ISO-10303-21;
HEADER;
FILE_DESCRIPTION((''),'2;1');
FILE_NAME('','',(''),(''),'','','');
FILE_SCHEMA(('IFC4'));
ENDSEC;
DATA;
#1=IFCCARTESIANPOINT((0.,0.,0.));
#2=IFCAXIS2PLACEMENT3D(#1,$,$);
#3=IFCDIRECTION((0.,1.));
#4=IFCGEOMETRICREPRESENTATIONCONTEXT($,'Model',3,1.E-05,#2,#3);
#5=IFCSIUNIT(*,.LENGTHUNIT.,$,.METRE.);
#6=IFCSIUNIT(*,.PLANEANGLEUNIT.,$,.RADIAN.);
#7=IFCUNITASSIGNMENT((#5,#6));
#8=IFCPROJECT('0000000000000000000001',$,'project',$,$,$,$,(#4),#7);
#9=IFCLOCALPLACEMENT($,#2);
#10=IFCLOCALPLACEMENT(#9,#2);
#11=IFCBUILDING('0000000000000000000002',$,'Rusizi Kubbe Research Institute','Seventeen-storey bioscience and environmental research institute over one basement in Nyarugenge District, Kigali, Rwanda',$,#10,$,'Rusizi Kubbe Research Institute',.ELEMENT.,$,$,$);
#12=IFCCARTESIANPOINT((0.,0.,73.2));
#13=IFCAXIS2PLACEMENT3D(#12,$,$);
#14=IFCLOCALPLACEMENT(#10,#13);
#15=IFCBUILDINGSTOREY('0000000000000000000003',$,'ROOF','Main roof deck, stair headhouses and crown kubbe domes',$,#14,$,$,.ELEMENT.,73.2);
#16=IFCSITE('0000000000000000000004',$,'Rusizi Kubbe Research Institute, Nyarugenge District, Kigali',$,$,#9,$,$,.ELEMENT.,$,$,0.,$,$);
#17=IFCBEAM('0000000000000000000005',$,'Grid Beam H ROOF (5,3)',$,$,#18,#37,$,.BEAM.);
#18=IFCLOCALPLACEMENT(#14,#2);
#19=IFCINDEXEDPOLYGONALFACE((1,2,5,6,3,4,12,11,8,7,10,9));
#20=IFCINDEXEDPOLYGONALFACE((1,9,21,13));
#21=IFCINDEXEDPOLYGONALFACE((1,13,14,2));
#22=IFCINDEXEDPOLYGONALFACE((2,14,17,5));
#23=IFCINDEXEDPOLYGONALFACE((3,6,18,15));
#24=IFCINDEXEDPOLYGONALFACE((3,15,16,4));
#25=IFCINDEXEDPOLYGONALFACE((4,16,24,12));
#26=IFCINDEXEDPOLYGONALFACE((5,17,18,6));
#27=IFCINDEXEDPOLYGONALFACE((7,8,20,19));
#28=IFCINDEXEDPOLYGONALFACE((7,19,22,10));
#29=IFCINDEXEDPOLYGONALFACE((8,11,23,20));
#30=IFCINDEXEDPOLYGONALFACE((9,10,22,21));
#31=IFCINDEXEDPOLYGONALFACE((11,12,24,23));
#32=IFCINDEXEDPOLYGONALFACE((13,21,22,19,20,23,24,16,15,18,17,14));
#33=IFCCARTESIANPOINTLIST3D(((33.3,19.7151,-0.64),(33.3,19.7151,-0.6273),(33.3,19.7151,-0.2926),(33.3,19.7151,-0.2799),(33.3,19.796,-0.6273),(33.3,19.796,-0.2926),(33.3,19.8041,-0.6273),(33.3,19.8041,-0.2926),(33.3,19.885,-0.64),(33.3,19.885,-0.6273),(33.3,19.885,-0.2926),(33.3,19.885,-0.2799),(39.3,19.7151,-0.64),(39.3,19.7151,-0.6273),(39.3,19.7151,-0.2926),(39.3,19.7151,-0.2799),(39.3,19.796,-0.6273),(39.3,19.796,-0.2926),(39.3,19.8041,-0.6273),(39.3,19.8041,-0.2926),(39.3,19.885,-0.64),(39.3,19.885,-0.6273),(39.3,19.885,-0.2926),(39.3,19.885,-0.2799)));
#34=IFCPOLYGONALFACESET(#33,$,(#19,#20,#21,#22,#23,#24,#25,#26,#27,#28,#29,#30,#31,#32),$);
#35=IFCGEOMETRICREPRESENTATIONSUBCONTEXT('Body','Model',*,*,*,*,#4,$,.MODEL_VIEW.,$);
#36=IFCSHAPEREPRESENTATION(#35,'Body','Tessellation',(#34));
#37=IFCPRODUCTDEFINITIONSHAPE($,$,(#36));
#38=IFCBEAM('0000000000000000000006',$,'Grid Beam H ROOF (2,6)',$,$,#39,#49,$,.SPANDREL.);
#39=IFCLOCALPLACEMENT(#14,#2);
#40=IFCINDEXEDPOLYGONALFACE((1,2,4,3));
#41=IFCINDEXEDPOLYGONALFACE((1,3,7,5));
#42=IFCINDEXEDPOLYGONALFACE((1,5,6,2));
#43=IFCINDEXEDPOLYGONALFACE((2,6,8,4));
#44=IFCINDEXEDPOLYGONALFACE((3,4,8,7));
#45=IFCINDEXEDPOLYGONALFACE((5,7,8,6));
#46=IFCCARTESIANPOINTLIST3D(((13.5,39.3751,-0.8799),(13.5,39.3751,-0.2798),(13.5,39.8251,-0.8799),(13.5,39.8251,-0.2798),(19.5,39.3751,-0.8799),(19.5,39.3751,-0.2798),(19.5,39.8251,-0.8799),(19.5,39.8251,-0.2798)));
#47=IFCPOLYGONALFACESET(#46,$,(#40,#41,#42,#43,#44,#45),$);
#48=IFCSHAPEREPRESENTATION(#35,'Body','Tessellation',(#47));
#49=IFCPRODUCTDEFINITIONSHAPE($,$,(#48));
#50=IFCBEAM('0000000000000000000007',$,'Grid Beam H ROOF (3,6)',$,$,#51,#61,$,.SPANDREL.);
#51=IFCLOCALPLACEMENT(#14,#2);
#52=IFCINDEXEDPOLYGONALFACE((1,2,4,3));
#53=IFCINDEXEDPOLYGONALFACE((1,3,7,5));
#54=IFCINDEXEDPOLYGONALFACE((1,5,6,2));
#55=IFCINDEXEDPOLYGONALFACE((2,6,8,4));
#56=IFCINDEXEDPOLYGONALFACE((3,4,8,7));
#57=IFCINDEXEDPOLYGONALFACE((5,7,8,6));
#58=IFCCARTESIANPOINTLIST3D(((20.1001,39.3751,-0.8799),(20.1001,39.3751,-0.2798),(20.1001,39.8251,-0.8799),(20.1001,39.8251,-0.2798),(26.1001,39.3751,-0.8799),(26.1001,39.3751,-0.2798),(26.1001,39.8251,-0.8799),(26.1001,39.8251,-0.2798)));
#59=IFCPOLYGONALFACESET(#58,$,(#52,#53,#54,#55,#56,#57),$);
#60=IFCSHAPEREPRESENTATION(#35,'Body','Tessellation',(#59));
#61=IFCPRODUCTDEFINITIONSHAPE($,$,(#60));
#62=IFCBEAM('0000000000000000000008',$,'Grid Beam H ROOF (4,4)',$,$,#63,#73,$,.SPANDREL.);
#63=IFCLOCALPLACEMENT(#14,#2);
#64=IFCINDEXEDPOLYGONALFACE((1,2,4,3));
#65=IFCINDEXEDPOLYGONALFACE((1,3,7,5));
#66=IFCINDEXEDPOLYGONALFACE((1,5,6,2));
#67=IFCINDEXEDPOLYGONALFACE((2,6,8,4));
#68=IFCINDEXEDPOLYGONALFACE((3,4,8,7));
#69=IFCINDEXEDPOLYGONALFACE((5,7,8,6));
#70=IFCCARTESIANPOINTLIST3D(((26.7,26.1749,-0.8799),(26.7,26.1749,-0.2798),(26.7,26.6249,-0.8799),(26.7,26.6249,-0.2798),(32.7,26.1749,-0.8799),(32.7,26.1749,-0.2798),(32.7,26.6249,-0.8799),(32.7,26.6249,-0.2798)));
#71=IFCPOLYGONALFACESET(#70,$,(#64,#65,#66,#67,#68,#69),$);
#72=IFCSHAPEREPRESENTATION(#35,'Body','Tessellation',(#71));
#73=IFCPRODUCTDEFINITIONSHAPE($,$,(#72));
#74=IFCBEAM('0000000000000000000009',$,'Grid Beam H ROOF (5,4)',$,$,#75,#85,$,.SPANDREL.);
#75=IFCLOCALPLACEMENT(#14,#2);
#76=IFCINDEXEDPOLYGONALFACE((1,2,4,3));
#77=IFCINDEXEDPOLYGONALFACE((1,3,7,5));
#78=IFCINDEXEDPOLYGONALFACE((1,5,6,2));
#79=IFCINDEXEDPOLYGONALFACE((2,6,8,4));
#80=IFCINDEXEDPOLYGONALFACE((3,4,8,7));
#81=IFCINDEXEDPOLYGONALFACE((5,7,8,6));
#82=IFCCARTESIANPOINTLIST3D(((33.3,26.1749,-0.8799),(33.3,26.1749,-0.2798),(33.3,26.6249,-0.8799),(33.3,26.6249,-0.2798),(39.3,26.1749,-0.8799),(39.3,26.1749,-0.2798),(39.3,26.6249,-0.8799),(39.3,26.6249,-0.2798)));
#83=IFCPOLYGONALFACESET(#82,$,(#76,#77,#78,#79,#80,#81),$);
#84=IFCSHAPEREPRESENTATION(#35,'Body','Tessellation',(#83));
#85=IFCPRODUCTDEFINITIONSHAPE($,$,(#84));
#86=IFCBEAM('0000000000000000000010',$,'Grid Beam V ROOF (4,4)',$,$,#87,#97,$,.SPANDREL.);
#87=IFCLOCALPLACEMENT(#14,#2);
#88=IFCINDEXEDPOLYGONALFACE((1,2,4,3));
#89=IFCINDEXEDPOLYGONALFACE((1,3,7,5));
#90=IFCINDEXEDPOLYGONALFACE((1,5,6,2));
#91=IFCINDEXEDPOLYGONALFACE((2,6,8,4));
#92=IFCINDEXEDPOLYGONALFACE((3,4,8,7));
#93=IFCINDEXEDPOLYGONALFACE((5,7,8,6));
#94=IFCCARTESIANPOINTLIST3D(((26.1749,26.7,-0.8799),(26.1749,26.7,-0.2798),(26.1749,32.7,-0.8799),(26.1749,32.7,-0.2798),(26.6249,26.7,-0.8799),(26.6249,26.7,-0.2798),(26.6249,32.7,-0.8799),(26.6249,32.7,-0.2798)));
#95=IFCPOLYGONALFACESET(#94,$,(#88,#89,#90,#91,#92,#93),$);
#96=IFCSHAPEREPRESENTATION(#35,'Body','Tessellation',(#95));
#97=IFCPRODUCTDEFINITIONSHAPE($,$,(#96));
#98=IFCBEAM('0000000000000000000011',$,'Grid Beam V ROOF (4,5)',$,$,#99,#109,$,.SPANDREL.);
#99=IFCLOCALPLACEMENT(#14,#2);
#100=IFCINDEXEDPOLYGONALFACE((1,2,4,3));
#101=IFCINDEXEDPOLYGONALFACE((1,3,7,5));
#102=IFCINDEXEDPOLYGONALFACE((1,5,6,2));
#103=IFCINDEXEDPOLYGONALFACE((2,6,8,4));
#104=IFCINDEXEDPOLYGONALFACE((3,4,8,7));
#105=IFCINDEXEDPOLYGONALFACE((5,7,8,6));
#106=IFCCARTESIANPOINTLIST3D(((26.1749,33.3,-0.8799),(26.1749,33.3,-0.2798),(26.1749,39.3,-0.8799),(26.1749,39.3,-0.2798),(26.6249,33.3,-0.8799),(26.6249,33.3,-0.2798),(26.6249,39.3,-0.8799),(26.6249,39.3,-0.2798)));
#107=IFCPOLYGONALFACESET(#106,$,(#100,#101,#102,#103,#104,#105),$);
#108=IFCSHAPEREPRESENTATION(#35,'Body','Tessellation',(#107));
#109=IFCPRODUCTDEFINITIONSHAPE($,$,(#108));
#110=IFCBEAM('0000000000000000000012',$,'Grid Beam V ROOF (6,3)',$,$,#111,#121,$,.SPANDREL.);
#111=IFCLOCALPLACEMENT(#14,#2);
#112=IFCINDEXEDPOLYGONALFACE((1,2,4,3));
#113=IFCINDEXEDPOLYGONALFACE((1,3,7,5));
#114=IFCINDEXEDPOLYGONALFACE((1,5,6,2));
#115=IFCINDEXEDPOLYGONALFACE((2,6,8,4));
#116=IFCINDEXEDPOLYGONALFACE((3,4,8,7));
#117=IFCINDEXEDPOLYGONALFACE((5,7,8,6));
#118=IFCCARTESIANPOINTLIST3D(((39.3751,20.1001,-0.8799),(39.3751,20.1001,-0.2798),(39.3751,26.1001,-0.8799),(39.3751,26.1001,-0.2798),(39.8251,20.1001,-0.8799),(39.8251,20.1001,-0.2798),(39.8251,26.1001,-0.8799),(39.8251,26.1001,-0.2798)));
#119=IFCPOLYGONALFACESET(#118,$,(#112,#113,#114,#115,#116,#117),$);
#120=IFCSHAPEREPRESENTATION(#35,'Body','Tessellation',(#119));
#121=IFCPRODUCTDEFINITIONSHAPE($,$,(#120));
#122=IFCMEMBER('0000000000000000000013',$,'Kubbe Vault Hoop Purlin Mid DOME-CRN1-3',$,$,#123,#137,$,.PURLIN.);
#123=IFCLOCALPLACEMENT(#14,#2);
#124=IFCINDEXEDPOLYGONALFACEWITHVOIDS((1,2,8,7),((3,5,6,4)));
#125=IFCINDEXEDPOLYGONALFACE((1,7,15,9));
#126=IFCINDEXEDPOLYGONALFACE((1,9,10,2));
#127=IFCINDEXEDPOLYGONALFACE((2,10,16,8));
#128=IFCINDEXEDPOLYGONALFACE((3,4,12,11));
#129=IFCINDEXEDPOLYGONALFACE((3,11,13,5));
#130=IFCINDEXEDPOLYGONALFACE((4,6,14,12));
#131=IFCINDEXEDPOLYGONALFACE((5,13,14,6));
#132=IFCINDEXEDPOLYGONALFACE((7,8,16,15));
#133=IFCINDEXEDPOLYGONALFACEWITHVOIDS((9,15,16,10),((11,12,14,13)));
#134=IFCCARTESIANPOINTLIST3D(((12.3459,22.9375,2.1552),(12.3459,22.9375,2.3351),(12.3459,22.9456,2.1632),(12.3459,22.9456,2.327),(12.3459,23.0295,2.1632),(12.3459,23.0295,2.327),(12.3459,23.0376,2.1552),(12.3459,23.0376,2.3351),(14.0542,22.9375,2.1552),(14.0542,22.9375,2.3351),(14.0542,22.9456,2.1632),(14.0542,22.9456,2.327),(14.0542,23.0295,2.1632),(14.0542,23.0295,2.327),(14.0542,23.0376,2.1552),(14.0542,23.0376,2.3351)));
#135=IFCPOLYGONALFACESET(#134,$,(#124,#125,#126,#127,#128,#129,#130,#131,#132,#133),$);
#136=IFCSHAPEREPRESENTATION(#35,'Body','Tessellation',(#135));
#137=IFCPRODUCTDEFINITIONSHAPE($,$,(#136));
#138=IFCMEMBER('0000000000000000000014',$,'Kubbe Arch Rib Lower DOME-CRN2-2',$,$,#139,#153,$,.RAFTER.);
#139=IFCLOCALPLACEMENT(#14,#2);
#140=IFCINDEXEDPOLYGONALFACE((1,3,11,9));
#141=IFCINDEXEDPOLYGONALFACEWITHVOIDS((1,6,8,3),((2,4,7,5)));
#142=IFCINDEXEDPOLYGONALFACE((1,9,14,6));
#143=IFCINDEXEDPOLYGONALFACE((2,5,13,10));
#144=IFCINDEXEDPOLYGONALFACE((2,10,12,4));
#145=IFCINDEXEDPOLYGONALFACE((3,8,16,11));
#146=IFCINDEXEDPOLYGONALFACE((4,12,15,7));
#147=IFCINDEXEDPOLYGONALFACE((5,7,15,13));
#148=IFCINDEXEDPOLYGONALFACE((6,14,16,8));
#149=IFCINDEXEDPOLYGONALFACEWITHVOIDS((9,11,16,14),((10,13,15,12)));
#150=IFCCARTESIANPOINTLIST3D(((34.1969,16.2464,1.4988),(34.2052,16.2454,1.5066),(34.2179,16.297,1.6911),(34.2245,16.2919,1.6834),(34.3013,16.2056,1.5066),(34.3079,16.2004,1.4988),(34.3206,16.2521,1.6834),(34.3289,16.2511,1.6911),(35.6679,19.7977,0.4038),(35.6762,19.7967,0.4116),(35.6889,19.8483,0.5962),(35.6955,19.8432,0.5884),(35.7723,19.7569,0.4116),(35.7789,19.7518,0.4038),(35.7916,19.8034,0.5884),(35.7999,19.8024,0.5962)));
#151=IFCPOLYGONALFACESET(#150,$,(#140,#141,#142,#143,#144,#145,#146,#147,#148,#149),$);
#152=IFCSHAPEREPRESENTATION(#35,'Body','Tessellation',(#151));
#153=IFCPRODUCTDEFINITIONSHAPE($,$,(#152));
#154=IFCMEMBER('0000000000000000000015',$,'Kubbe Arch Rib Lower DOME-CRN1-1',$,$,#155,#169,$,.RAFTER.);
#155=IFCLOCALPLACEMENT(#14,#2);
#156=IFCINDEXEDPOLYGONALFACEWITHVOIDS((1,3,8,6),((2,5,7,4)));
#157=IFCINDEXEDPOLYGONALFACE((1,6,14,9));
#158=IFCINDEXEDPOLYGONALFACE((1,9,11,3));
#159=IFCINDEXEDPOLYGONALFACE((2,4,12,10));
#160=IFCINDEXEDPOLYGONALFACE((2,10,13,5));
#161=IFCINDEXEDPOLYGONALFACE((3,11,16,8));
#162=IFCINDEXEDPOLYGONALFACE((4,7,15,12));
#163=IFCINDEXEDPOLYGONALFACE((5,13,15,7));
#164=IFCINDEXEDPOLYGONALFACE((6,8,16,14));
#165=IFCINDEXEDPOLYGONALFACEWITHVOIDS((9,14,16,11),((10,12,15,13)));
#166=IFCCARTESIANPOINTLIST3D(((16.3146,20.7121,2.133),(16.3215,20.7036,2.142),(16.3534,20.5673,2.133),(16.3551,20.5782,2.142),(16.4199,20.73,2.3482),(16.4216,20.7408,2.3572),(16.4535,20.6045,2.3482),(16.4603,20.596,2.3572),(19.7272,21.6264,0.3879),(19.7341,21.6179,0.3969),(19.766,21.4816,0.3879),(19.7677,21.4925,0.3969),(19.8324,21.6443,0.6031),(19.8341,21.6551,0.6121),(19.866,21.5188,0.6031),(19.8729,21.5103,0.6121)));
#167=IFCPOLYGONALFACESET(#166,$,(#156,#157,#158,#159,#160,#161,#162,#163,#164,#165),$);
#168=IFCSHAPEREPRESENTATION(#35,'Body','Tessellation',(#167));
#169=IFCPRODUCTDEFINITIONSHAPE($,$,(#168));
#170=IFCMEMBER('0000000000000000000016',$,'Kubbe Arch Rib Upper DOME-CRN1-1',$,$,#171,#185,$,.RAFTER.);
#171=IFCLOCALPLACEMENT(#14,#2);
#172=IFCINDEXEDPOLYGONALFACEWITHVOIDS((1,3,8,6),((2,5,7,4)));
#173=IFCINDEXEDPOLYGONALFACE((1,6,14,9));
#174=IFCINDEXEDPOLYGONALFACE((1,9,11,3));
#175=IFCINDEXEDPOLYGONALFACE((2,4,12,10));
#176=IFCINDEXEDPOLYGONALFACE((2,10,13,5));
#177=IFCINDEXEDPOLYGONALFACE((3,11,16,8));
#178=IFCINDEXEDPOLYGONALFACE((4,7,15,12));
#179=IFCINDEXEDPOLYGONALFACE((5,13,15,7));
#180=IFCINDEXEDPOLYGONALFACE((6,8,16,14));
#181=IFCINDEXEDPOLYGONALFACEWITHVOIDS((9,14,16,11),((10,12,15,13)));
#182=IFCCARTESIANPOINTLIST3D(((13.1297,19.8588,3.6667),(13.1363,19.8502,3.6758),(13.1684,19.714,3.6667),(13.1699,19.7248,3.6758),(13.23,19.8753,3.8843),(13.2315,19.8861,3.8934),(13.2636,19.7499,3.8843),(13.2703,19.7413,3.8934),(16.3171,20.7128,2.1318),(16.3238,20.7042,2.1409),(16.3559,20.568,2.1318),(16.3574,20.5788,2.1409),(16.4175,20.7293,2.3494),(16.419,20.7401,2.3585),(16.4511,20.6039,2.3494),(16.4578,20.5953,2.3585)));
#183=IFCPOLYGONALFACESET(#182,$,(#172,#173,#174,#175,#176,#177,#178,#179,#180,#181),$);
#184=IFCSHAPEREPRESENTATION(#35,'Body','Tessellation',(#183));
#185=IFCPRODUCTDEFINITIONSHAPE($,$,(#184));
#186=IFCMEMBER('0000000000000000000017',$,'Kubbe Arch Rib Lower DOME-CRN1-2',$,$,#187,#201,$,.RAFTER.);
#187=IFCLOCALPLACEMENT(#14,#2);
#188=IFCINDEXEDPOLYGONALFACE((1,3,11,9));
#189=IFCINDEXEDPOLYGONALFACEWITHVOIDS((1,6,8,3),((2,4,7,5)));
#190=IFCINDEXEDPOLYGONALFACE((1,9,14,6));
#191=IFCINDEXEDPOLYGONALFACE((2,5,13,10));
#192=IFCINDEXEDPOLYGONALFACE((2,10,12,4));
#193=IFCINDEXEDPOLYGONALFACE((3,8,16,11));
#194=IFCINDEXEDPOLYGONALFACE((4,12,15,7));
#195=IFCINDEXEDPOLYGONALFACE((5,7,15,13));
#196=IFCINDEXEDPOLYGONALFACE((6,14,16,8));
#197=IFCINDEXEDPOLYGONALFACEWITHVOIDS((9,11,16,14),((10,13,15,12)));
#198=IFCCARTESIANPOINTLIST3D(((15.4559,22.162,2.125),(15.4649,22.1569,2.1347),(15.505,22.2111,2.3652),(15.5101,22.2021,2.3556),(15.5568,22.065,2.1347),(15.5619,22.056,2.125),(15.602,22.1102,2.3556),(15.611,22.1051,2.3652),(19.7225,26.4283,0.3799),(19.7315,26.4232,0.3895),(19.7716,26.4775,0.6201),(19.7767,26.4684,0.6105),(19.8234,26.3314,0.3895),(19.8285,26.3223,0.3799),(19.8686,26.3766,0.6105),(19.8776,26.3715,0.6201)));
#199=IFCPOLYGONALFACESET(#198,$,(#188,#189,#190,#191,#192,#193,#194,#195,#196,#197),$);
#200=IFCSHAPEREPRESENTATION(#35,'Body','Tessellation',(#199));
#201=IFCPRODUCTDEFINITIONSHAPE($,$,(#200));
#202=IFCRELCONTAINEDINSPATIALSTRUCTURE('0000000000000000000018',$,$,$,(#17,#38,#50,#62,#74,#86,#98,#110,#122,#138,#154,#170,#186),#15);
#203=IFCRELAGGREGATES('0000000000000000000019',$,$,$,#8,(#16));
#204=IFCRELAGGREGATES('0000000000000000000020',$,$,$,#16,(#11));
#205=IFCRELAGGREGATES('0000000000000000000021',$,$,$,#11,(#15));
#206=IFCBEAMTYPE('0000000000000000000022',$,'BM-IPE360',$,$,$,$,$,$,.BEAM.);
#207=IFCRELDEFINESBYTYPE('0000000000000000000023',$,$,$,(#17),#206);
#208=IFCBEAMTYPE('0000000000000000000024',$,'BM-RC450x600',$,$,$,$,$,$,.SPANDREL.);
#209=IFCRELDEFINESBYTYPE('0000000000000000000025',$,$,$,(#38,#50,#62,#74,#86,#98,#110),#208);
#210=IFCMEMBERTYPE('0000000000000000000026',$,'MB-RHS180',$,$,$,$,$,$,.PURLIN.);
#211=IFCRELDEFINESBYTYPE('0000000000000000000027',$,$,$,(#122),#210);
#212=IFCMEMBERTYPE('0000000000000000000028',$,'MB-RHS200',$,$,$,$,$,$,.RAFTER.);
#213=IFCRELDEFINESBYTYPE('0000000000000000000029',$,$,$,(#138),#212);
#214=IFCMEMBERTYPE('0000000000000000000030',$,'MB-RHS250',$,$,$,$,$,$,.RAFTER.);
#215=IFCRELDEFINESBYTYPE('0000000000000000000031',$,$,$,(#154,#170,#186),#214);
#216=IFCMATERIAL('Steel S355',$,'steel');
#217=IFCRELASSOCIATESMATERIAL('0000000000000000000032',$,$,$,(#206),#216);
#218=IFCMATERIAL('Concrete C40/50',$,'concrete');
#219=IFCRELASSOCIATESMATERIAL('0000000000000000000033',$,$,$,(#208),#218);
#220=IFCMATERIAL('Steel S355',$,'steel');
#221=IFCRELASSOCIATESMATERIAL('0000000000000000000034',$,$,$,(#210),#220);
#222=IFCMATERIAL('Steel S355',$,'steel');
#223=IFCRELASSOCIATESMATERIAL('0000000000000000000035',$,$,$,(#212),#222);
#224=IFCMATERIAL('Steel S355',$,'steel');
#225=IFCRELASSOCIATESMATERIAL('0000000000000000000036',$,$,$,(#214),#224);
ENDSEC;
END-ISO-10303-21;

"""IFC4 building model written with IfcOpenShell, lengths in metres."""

from ifc_helpers import new_model, si_unit, direction, frame, origin, origin_2d, place, context, subcontext, project, spatial, rectangle, hollow_rectangle, i_section, extrude, material, material_profile, profile_set, type_object, element, save


model = new_model("IFC4")

# Units and contexts
model_context = context("Model", 3, precision=1e-05, world=origin(), true_north=direction((0.0, 1.0)))
body_context = subcontext(model_context, "Body", "Model", "MODEL_VIEW")
ifc_project = project(units=[si_unit("LENGTHUNIT", "METRE"), si_unit("PLANEANGLEUNIT", "RADIAN")], contexts=[model_context])

# Site, building, storey
site_placement = place(None, origin())
site = spatial("IfcSite", under=ifc_project, at=site_placement, Name="Rusizi Kubbe Research Institute, Nyarugenge District, Kigali", CompositionType="ELEMENT", RefElevation=0.0)
building_placement = place(site_placement, origin())
building = spatial("IfcBuilding", under=site, at=building_placement, Name="Rusizi Kubbe Research Institute", Description="Seventeen-storey bioscience and environmental research institute over one basement in Nyarugenge District, Kigali, Rwanda", LongName="Rusizi Kubbe Research Institute", CompositionType="ELEMENT")
storey_placement = place(building_placement, frame((0.0, 0.0, 73.2)))
storey = spatial("IfcBuildingStorey", under=building, at=storey_placement, Name="ROOF", Description="Main roof deck, stair headhouses and crown kubbe domes", CompositionType="ELEMENT", Elevation=73.2)

# Beams
ifc_material_1 = material(Name="Steel S355", Category="steel")
ifc_material_profile_1 = material_profile(ifc_material_1, i_section(OverallWidth=0.1699, OverallDepth=0.3601, WebThickness=0.0081, FlangeThickness=0.0127, at=origin_2d()), Name="IPE 360")
ifc_profile_set_1 = profile_set([ifc_material_profile_1], Name="Steel S355")
beam_type_1 = type_object("IfcBeamType", Name="BM-IPE360", PredefinedType="BEAM", material=ifc_profile_set_1)
for number, where, z_axis, x_axis, name in (
    (1, (33.3, 19.8, -0.46), (1.0, 0.0, 0.0), (0.0, 1.0, 0.0), "Grid Beam H ROOF (5,3)"),
):
    element("IfcBeam", number, at=place(storey_placement, frame(where, z_axis=z_axis, x_axis=x_axis)), inside=storey, type_object=beam_type_1, Name=name, PredefinedType="BEAM", context=body_context, shape_type="SweptSolid", body=[
        extrude(i_section(OverallWidth=0.1699, OverallDepth=0.3601, WebThickness=0.0081, FlangeThickness=0.0127, at=origin_2d()), origin(), (0.0, 0.0, 1.0), 6.0),
    ])
ifc_material_2 = material(Name="Concrete C40/50", Category="concrete")
ifc_material_profile_2 = material_profile(ifc_material_2, rectangle(XDim=0.45, YDim=0.6001, at=origin_2d()), Name="RC450x600")
ifc_profile_set_2 = profile_set([ifc_material_profile_2], Name="Concrete C40/50")
beam_type_2 = type_object("IfcBeamType", Name="BM-RC450x600", PredefinedType="SPANDREL", material=ifc_profile_set_2)
for number, where, z_axis, x_axis, name in (
    (2, (13.5, 39.6001, -0.5798), (1.0, 0.0, 0.0), (0.0, 1.0, 0.0), "Grid Beam H ROOF (2,6)"),
    (3, (20.1001, 39.6001, -0.5798), (1.0, 0.0, 0.0), (0.0, 1.0, 0.0), "Grid Beam H ROOF (3,6)"),
    (4, (26.7, 26.3999, -0.5798), (1.0, 0.0, 0.0), (0.0, 1.0, 0.0), "Grid Beam H ROOF (4,4)"),
    (5, (33.3, 26.3999, -0.5798), (1.0, 0.0, 0.0), (0.0, 1.0, 0.0), "Grid Beam H ROOF (5,4)"),
    (6, (26.3999, 26.7, -0.5798), (0.0, 1.0, 0.0), (-1.0, 0.0, 0.0), "Grid Beam V ROOF (4,4)"),
    (7, (26.3999, 33.3, -0.5798), (0.0, 1.0, 0.0), (-1.0, 0.0, 0.0), "Grid Beam V ROOF (4,5)"),
    (8, (39.6001, 20.1001, -0.5798), (0.0, 1.0, 0.0), (-1.0, 0.0, 0.0), "Grid Beam V ROOF (6,3)"),
):
    element("IfcBeam", number, at=place(storey_placement, frame(where, z_axis=z_axis, x_axis=x_axis)), inside=storey, type_object=beam_type_2, Name=name, PredefinedType="SPANDREL", context=body_context, shape_type="SweptSolid", body=[
        extrude(rectangle(XDim=0.45, YDim=0.6001, at=origin_2d()), origin(), (0.0, 0.0, 1.0), 6.0),
    ])

# Members
ifc_material_3 = material(Name="Steel S355", Category="steel")
ifc_material_profile_3 = material_profile(ifc_material_3, hollow_rectangle(XDim=0.1001, YDim=0.1799, WallThickness=0.0081, at=origin_2d()), Name="RHS 180x100x8.0")
ifc_profile_set_3 = profile_set([ifc_material_profile_3], Name="Steel S355")
member_type_1 = type_object("IfcMemberType", Name="MB-RHS180", PredefinedType="PURLIN", material=ifc_profile_set_3)
member_1_placement = place(storey_placement, frame((14.0542, 22.9875, 2.2451), z_axis=(-1.0, 0.0, 0.0), x_axis=(0.0, -1.0, 0.0)))
element("IfcMember", 9, at=member_1_placement, inside=storey, type_object=member_type_1, Name="Kubbe Vault Hoop Purlin Mid DOME-CRN1-3", PredefinedType="PURLIN", context=body_context, shape_type="SweptSolid", body=[
    extrude(hollow_rectangle(XDim=0.1001, YDim=0.1799, WallThickness=0.0081, at=origin_2d()), origin(), (0.0, 0.0, 1.0), 1.7083),
])
ifc_material_4 = material(Name="Steel S355", Category="steel")
ifc_material_profile_4 = material_profile(ifc_material_4, hollow_rectangle(XDim=0.1201, YDim=0.2, WallThickness=0.0081, at=origin_2d()), Name="RHS 200x120x8.0")
ifc_profile_set_4 = profile_set([ifc_material_profile_4], Name="Steel S355")
member_type_2 = type_object("IfcMemberType", Name="MB-RHS200", PredefinedType="RAFTER", material=ifc_profile_set_4)
member_2_placement = place(storey_placement, frame((35.7339, 19.8, 0.5), z_axis=(-0.368034, -0.888535, 0.273964), x_axis=(0.923883, -0.382675, 0.0)))
element("IfcMember", 10, at=member_2_placement, inside=storey, type_object=member_type_2, Name="Kubbe Arch Rib Lower DOME-CRN2-2", PredefinedType="RAFTER", context=body_context, shape_type="SweptSolid", body=[
    extrude(hollow_rectangle(XDim=0.1201, YDim=0.2, WallThickness=0.0081, at=origin_2d()), origin(), (0.0, 0.0, 1.0), 3.9968),
])
ifc_material_5 = material(Name="Steel S355", Category="steel")
ifc_material_profile_5 = material_profile(ifc_material_5, hollow_rectangle(XDim=0.1499, YDim=0.25, WallThickness=0.01, at=origin_2d()), Name="RHS 250x150x10.0")
ifc_profile_set_5 = profile_set([ifc_material_profile_5], Name="Steel S355")
member_type_3 = type_object("IfcMemberType", Name="MB-RHS250", PredefinedType="RAFTER", material=ifc_profile_set_5)
member_3_placement = place(storey_placement, frame((19.8, 21.5684, 0.5), z_axis=(-0.866041, -0.232031, 0.442872), x_axis=(0.258794, -0.965933, 0.0)))
element("IfcMember", 11, at=member_3_placement, inside=storey, type_object=member_type_3, Name="Kubbe Arch Rib Lower DOME-CRN1-1", PredefinedType="RAFTER", context=body_context, shape_type="SweptSolid", body=[
    extrude(hollow_rectangle(XDim=0.1499, YDim=0.25, WallThickness=0.01, at=origin_2d()), origin(), (0.0, 0.0, 1.0), 3.9404),
])
member_4_placement = place(storey_placement, frame((16.3875, 20.6541, 2.2451), z_axis=(-0.875825, -0.234653, 0.421745), x_axis=(0.258795, -0.965932, 0.0)))
element("IfcMember", 12, at=member_4_placement, inside=storey, type_object=member_type_3, Name="Kubbe Arch Rib Upper DOME-CRN1-1", PredefinedType="RAFTER", context=body_context, shape_type="SweptSolid", body=[
    extrude(hollow_rectangle(XDim=0.1499, YDim=0.25, WallThickness=0.01, at=origin_2d()), origin(), (0.0, 0.0, 1.0), 3.6394),
])
member_5_placement = place(storey_placement, frame((19.8, 26.3999, 0.5), z_axis=(-0.679286, -0.679247, 0.27784), x_axis=(0.707087, -0.707127, 0.0)))
element("IfcMember", 13, at=member_5_placement, inside=storey, type_object=member_type_3, Name="Kubbe Arch Rib Lower DOME-CRN1-2", PredefinedType="RAFTER", context=body_context, shape_type="SweptSolid", body=[
    extrude(hollow_rectangle(XDim=0.1499, YDim=0.25, WallThickness=0.01, at=origin_2d()), origin(), (0.0, 0.0, 1.0), 6.281),
])

save(model, "model.ifc")
